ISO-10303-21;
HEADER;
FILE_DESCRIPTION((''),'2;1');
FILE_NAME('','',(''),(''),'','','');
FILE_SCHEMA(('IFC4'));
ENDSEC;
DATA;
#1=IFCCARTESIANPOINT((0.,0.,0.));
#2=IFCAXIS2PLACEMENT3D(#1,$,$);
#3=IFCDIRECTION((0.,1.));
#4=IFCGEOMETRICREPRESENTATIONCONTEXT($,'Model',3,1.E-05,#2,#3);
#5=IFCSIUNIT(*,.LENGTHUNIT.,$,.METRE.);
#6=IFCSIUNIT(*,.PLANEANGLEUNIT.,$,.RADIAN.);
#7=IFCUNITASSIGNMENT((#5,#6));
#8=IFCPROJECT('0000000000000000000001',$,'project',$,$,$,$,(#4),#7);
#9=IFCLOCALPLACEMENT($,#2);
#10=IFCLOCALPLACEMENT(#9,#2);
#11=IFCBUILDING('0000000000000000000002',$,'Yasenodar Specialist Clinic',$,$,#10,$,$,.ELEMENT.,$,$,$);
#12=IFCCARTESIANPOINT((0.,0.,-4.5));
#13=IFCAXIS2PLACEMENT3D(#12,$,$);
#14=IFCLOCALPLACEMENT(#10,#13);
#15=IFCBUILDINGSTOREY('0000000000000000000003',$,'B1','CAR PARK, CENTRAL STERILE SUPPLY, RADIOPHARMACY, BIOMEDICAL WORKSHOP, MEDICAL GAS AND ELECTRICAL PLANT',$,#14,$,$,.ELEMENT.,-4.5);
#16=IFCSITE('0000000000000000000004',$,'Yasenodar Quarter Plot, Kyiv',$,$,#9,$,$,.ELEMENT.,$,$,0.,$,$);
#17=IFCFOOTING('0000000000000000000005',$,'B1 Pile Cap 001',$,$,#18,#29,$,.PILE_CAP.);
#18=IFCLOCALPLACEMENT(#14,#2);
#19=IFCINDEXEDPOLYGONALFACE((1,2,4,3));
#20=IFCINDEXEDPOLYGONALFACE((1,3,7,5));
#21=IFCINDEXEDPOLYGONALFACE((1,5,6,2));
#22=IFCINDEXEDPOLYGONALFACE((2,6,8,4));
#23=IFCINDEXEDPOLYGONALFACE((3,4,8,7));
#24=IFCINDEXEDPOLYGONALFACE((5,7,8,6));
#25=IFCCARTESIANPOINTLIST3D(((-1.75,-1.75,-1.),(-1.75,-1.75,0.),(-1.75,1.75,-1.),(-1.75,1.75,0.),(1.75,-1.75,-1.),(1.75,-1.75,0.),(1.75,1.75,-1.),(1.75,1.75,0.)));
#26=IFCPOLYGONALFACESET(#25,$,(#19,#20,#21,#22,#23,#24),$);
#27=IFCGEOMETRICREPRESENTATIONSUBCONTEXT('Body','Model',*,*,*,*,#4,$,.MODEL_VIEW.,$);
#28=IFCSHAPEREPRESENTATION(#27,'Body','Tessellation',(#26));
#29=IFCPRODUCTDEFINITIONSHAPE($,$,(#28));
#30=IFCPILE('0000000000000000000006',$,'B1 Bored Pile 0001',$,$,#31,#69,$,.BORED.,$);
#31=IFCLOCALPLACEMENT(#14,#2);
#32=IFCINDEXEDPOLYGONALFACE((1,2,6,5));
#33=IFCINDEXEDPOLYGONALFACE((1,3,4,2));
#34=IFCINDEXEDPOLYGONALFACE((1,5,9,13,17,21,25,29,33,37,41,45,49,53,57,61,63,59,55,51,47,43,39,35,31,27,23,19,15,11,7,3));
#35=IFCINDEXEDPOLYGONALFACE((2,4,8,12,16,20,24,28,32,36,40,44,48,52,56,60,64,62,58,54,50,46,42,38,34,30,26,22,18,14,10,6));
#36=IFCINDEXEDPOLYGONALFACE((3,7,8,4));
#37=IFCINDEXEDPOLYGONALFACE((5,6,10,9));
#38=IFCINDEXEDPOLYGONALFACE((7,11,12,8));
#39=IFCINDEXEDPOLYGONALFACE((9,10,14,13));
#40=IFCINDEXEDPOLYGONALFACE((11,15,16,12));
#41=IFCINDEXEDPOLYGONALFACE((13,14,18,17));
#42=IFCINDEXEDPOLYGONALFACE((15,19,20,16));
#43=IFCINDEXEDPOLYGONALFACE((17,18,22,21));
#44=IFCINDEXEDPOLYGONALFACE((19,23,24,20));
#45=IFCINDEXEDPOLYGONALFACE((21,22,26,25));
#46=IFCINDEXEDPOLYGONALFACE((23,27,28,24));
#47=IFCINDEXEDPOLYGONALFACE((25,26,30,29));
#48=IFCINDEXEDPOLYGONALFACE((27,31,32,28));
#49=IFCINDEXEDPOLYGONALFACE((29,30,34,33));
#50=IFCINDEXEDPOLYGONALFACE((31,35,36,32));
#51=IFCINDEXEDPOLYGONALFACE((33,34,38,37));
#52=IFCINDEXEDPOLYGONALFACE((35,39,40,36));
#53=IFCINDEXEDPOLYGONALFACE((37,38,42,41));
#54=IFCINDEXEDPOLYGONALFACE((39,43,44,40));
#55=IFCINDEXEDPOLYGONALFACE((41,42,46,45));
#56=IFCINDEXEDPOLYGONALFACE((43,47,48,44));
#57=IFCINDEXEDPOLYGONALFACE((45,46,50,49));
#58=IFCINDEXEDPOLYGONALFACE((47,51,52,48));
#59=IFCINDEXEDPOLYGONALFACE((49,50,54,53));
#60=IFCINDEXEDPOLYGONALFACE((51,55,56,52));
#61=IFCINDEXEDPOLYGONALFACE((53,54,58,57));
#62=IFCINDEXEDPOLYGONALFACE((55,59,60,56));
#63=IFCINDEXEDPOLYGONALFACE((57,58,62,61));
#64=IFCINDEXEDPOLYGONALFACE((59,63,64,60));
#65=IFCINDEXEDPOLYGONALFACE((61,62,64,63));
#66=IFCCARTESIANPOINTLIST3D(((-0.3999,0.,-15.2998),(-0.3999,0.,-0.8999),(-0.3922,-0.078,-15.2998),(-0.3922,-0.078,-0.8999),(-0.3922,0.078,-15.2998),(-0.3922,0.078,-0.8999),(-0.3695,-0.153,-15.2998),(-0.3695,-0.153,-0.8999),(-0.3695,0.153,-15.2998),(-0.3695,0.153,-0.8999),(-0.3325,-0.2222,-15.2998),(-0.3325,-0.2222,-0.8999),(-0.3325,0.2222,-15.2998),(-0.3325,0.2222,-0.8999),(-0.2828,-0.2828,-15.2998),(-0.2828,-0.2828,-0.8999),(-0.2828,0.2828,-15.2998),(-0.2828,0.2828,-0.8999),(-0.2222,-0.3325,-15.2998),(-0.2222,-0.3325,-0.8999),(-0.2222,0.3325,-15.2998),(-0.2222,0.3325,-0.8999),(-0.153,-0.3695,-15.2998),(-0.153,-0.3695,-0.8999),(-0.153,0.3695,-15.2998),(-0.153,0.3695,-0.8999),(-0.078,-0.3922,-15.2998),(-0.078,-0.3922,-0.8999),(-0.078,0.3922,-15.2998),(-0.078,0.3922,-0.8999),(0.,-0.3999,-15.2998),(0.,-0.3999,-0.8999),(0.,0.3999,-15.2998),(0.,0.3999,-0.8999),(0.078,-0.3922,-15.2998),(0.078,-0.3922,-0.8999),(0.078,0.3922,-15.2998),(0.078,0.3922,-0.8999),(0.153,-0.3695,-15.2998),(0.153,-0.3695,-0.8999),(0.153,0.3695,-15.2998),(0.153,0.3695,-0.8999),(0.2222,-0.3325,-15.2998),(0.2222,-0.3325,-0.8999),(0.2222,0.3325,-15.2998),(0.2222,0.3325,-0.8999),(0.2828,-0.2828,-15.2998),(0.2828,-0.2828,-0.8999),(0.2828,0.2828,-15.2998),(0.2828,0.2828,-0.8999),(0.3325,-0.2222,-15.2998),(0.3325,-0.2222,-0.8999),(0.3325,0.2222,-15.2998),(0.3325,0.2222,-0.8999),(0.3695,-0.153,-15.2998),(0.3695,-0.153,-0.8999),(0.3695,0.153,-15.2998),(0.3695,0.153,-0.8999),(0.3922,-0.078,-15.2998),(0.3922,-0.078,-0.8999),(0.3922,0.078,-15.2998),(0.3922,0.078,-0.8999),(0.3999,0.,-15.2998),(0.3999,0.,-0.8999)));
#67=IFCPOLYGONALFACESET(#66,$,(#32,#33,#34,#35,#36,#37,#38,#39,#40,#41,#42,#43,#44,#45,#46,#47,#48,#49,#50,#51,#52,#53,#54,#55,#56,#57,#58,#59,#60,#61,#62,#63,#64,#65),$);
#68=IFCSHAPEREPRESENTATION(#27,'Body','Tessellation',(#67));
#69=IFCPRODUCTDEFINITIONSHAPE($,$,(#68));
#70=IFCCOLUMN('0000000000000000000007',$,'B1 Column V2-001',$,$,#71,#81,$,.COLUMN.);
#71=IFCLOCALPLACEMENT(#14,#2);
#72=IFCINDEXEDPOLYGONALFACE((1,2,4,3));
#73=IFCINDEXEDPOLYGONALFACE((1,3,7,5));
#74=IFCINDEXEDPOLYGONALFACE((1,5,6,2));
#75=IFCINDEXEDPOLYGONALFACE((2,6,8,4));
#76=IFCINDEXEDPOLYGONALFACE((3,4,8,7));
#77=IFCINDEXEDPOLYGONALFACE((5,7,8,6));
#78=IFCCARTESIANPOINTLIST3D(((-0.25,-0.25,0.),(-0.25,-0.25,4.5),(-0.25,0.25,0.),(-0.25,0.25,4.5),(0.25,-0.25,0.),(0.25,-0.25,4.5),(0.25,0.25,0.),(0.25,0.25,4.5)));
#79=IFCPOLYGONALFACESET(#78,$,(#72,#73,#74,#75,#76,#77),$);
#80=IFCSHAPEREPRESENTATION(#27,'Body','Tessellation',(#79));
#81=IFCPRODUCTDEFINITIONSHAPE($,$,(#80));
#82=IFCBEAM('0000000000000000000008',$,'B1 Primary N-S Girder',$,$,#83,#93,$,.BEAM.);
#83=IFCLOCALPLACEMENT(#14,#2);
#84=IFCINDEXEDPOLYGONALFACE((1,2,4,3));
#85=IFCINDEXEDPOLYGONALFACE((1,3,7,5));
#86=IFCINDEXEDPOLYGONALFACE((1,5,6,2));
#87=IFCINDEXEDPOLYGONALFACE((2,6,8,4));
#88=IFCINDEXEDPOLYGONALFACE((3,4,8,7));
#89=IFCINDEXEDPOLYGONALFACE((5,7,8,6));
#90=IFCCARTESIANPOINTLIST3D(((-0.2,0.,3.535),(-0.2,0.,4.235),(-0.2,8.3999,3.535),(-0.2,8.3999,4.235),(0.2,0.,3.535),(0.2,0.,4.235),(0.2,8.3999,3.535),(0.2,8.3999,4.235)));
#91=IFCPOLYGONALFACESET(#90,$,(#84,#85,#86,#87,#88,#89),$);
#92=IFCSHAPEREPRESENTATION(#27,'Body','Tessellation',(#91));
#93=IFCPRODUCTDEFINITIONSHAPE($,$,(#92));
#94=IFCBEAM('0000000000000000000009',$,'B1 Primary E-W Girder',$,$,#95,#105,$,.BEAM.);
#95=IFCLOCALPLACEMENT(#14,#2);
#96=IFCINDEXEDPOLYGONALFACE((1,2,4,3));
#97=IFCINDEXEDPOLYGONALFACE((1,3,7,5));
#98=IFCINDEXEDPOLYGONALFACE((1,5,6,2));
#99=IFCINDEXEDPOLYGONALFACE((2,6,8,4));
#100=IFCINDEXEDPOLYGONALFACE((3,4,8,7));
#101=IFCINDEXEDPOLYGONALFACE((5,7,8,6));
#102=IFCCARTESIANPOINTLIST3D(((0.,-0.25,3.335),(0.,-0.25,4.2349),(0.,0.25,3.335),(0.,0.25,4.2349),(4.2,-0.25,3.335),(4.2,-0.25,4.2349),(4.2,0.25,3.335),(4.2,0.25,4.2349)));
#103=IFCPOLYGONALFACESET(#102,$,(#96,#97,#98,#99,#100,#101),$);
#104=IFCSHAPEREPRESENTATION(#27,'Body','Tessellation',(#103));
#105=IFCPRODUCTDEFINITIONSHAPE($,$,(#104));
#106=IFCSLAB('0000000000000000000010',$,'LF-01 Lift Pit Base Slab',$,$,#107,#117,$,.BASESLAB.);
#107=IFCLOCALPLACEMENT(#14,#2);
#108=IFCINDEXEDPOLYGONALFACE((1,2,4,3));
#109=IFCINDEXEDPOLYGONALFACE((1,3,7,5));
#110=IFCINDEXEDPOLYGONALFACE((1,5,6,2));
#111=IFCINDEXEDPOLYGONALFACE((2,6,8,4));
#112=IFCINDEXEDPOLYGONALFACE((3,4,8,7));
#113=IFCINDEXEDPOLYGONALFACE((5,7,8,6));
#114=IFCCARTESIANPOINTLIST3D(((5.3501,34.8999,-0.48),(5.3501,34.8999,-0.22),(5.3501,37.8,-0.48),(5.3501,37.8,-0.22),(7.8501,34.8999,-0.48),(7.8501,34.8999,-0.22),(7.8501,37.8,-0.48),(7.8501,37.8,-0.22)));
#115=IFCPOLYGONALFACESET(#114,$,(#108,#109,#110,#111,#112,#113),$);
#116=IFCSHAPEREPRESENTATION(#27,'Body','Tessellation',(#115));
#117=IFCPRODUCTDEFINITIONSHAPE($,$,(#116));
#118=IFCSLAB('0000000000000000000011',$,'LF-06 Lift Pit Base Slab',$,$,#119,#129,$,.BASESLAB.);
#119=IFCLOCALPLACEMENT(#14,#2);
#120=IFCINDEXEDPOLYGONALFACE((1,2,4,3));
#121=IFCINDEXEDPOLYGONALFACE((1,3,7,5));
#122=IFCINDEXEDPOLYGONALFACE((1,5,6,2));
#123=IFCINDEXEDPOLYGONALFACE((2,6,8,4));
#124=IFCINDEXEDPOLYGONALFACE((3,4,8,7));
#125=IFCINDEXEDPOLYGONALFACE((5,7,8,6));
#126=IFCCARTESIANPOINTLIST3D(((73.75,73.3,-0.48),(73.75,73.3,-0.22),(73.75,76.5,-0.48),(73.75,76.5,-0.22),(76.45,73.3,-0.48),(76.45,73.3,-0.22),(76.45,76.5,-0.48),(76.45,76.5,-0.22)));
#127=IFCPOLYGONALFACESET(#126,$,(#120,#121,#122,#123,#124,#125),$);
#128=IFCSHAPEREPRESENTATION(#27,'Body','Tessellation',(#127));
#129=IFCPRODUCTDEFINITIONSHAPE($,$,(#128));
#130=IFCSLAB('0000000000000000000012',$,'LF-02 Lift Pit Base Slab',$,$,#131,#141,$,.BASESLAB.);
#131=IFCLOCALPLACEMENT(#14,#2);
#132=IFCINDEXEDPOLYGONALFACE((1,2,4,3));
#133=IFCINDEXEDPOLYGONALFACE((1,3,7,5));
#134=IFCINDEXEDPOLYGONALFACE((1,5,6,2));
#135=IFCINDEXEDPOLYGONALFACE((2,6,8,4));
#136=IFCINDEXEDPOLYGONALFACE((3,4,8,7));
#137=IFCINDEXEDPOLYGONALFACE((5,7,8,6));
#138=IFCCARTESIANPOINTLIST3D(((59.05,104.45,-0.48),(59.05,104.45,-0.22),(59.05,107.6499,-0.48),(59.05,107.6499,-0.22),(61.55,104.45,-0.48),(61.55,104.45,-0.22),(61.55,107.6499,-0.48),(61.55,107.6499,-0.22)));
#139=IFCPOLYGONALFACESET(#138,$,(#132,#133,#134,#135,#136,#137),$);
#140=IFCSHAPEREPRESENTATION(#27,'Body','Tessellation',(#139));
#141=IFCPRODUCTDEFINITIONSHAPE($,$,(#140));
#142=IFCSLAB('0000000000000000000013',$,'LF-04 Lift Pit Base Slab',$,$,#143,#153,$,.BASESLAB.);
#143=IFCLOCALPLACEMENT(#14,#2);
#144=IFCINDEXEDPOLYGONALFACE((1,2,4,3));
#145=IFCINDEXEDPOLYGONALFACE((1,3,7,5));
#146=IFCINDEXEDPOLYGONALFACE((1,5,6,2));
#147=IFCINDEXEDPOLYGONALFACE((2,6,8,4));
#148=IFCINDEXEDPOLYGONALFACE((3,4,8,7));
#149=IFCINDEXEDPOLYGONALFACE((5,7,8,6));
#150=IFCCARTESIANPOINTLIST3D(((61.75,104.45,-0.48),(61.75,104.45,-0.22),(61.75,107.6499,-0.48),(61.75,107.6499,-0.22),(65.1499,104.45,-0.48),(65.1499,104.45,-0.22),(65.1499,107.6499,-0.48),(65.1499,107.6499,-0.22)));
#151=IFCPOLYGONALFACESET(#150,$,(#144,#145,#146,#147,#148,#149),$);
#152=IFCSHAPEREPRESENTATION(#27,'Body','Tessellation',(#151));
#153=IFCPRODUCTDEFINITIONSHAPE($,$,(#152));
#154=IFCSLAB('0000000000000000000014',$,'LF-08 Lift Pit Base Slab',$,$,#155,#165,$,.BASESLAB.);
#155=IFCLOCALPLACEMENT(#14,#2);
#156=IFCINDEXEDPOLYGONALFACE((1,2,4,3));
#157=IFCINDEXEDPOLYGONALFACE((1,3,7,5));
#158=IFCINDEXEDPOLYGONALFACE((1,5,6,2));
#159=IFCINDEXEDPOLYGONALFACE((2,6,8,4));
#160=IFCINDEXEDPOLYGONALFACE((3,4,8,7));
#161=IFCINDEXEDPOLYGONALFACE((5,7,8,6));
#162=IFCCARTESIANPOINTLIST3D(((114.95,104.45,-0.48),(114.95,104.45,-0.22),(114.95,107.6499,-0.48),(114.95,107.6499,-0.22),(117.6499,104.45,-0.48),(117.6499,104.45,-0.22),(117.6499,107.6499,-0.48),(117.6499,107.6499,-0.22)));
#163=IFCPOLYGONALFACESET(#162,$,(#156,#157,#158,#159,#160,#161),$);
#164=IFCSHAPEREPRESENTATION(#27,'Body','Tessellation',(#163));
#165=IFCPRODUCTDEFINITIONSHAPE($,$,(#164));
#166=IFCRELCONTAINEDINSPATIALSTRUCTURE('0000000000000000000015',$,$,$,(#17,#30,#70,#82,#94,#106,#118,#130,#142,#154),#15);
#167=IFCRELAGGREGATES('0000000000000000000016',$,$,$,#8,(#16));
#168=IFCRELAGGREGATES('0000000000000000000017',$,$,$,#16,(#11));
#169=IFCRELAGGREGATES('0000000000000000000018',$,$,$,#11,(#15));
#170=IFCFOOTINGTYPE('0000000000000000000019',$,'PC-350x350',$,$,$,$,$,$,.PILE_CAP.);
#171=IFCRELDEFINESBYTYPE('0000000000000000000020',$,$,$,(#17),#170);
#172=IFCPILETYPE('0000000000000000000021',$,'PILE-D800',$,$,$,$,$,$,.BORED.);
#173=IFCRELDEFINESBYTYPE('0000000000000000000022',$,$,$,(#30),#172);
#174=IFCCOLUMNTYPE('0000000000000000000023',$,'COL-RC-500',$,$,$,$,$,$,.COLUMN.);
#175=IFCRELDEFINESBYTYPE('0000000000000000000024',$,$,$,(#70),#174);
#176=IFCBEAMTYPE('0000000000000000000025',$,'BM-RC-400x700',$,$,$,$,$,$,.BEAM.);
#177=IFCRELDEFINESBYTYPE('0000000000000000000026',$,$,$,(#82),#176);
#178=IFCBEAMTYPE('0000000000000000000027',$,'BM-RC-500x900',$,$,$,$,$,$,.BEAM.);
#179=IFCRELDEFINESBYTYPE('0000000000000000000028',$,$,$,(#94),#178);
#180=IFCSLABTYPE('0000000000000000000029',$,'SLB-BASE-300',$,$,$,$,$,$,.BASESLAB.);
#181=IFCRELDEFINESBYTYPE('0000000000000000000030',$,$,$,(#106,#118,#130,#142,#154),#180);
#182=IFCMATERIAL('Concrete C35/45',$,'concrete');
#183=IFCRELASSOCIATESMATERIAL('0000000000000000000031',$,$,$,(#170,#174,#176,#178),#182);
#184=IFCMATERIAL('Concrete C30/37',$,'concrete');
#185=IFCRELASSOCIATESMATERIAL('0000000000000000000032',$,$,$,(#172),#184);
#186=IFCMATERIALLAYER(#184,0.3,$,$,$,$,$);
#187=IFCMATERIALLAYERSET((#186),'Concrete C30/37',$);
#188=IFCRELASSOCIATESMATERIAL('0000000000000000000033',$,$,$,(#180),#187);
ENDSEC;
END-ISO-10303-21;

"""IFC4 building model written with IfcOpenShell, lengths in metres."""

from ifc_helpers import new_model, si_unit, direction, frame, origin, origin_with_axes, origin_2d, place, context, subcontext, project, spatial, polyline, rectangle, circle, outline, extrude, material, layer, layer_set, material_profile, profile_set, type_object, element, save


model = new_model("IFC4")

# Units and contexts
model_context = context("Model", 3, precision=1e-05, world=origin(), true_north=direction((0.0, 1.0)))
body_context = subcontext(model_context, "Body", "Model", "MODEL_VIEW")
ifc_project = project(units=[si_unit("LENGTHUNIT", "METRE"), si_unit("PLANEANGLEUNIT", "RADIAN")], contexts=[model_context])

# Site, building, storey
site_placement = place(None, origin())
site = spatial("IfcSite", under=ifc_project, at=site_placement, Name="Yasenodar Quarter Plot, Kyiv", CompositionType="ELEMENT", RefElevation=0.0)
building_placement = place(site_placement, origin())
building = spatial("IfcBuilding", under=site, at=building_placement, Name="Yasenodar Specialist Clinic", CompositionType="ELEMENT")
storey_placement = place(building_placement, frame((0.0, 0.0, -4.5)))
storey = spatial("IfcBuildingStorey", under=building, at=storey_placement, Name="B1", Description="CAR PARK, CENTRAL STERILE SUPPLY, RADIOPHARMACY, BIOMEDICAL WORKSHOP, MEDICAL GAS AND ELECTRICAL PLANT", CompositionType="ELEMENT", Elevation=-4.5)

# Footing
ifc_material_1 = material(Name="Concrete C35/45", Category="concrete")
footing_type = type_object("IfcFootingType", Name="PC-350x350", PredefinedType="PILE_CAP", material=ifc_material_1)
footing_placement = place(storey_placement, frame((0.0, 0.0, -1.0), z_axis=(0.0, 0.0, 1.0), x_axis=(1.0, 0.0, 0.0)))
element("IfcFooting", 1, at=footing_placement, inside=storey, type_object=footing_type, Name="B1 Pile Cap 001", PredefinedType="PILE_CAP", context=body_context, shape_type="SweptSolid", body=[
    extrude(rectangle(XDim=3.5, YDim=3.5, at=origin_2d()), origin(), (0.0, 0.0, 1.0), 1.0),
])

# Pile
ifc_material_2 = material(Name="Concrete C30/37", Category="concrete")
ifc_material_profile_1 = material_profile(ifc_material_2, circle(Radius=0.3999, at=origin_2d()), Name="PILE D800")
ifc_profile_set_1 = profile_set([ifc_material_profile_1], Name="Concrete C30/37")
pile_type = type_object("IfcPileType", Name="PILE-D800", PredefinedType="BORED", material=ifc_profile_set_1)
pile_placement = place(storey_placement, frame((0.0, 0.0, -0.8999), z_axis=(0.0, 0.0, -1.0), x_axis=(1.0, 0.0, 0.0)))
element("IfcPile", 2, at=pile_placement, inside=storey, type_object=pile_type, Name="B1 Bored Pile 0001", PredefinedType="BORED", context=body_context, shape_type="SweptSolid", body=[
    extrude(circle(Radius=0.3999, at=origin_2d()), origin(), (0.0, 0.0, 1.0), 14.3999),
])

# Column
ifc_material_profile_2 = material_profile(ifc_material_1, rectangle(XDim=0.5, YDim=0.5, at=origin_2d()), Name="RC 500x500")
ifc_profile_set_2 = profile_set([ifc_material_profile_2], Name="Concrete C35/45")
column_type = type_object("IfcColumnType", Name="COL-RC-500", PredefinedType="COLUMN", material=ifc_profile_set_2)
column_placement = place(storey_placement, origin_with_axes())
element("IfcColumn", 3, at=column_placement, inside=storey, type_object=column_type, Name="B1 Column V2-001", PredefinedType="COLUMN", context=body_context, shape_type="SweptSolid", body=[
    extrude(rectangle(XDim=0.5, YDim=0.5, at=origin_2d()), origin(), (0.0, 0.0, 1.0), 4.5),
])

# Beams
ifc_material_profile_3 = material_profile(ifc_material_1, rectangle(XDim=0.3999, YDim=0.7, at=origin_2d()), Name="RC 400x700")
ifc_profile_set_3 = profile_set([ifc_material_profile_3], Name="Concrete C35/45")
beam_type_1 = type_object("IfcBeamType", Name="BM-RC-400x700", PredefinedType="BEAM", material=ifc_profile_set_3)
beam_1_placement = place(storey_placement, frame((0.0, 0.0, 3.885), z_axis=(0.0, 1.0, 0.0), x_axis=(-1.0, 0.0, 0.0)))
element("IfcBeam", 4, at=beam_1_placement, inside=storey, type_object=beam_type_1, Name="B1 Primary N-S Girder", PredefinedType="BEAM", context=body_context, shape_type="SweptSolid", body=[
    extrude(rectangle(XDim=0.3999, YDim=0.7, at=origin_2d()), origin(), (0.0, 0.0, 1.0), 8.3999),
])
ifc_material_profile_4 = material_profile(ifc_material_1, rectangle(XDim=0.5, YDim=0.8999, at=origin_2d()), Name="RC 500x900")
ifc_profile_set_4 = profile_set([ifc_material_profile_4], Name="Concrete C35/45")
beam_type_2 = type_object("IfcBeamType", Name="BM-RC-500x900", PredefinedType="BEAM", material=ifc_profile_set_4)
beam_2_placement = place(storey_placement, frame((0.0, 0.0, 3.7849), z_axis=(1.0, 0.0, 0.0), x_axis=(0.0, 1.0, 0.0)))
element("IfcBeam", 5, at=beam_2_placement, inside=storey, type_object=beam_type_2, Name="B1 Primary E-W Girder", PredefinedType="BEAM", context=body_context, shape_type="SweptSolid", body=[
    extrude(rectangle(XDim=0.5, YDim=0.8999, at=origin_2d()), origin(), (0.0, 0.0, 1.0), 4.2),
])

# Slabs
ifc_layer_1 = layer(ifc_material_2, 0.3)
ifc_layer_set_1 = layer_set([ifc_layer_1], Name="Concrete C30/37")
slab_type_1 = type_object("IfcSlabType", Name="SLB-BASE-300", PredefinedType="BASESLAB", material=ifc_layer_set_1)
slab_1_placement = place(storey_placement, frame((0.0, 0.0, -0.48)))
element("IfcSlab", 6, at=slab_1_placement, inside=storey, type_object=slab_type_1, Name="LF-01 Lift Pit Base Slab", PredefinedType="BASESLAB", context=body_context, shape_type="SweptSolid", body=[
    extrude(outline(polyline([(5.3501, 34.8999), (7.8501, 34.8999), (7.8501, 37.8), (5.3501, 37.8), (5.3501, 34.8999)])), origin(), (0.0, 0.0, 1.0), 0.26),
])
slab_2_placement = place(storey_placement, frame((0.0, 0.0, -0.48)))
element("IfcSlab", 7, at=slab_2_placement, inside=storey, type_object=slab_type_1, Name="LF-06 Lift Pit Base Slab", PredefinedType="BASESLAB", context=body_context, shape_type="SweptSolid", body=[
    extrude(outline(polyline([(73.75, 73.3), (76.45, 73.3), (76.45, 76.5), (73.75, 76.5), (73.75, 73.3)])), origin(), (0.0, 0.0, 1.0), 0.26),
])
slab_3_placement = place(storey_placement, frame((0.0, 0.0, -0.48)))
element("IfcSlab", 8, at=slab_3_placement, inside=storey, type_object=slab_type_1, Name="LF-02 Lift Pit Base Slab", PredefinedType="BASESLAB", context=body_context, shape_type="SweptSolid", body=[
    extrude(outline(polyline([(59.05, 104.45), (61.55, 104.45), (61.55, 107.6499), (59.05, 107.6499), (59.05, 104.45)])), origin(), (0.0, 0.0, 1.0), 0.26),
])
slab_4_placement = place(storey_placement, frame((0.0, 0.0, -0.48)))
element("IfcSlab", 9, at=slab_4_placement, inside=storey, type_object=slab_type_1, Name="LF-04 Lift Pit Base Slab", PredefinedType="BASESLAB", context=body_context, shape_type="SweptSolid", body=[
    extrude(outline(polyline([(61.75, 104.45), (65.1499, 104.45), (65.1499, 107.6499), (61.75, 107.6499), (61.75, 104.45)])), origin(), (0.0, 0.0, 1.0), 0.26),
])
slab_5_placement = place(storey_placement, frame((0.0, 0.0, -0.48)))
element("IfcSlab", 10, at=slab_5_placement, inside=storey, type_object=slab_type_1, Name="LF-08 Lift Pit Base Slab", PredefinedType="BASESLAB", context=body_context, shape_type="SweptSolid", body=[
    extrude(outline(polyline([(114.95, 104.45), (117.6499, 104.45), (117.6499, 107.6499), (114.95, 107.6499), (114.95, 104.45)])), origin(), (0.0, 0.0, 1.0), 0.26),
])

save(model, "model.ifc")
